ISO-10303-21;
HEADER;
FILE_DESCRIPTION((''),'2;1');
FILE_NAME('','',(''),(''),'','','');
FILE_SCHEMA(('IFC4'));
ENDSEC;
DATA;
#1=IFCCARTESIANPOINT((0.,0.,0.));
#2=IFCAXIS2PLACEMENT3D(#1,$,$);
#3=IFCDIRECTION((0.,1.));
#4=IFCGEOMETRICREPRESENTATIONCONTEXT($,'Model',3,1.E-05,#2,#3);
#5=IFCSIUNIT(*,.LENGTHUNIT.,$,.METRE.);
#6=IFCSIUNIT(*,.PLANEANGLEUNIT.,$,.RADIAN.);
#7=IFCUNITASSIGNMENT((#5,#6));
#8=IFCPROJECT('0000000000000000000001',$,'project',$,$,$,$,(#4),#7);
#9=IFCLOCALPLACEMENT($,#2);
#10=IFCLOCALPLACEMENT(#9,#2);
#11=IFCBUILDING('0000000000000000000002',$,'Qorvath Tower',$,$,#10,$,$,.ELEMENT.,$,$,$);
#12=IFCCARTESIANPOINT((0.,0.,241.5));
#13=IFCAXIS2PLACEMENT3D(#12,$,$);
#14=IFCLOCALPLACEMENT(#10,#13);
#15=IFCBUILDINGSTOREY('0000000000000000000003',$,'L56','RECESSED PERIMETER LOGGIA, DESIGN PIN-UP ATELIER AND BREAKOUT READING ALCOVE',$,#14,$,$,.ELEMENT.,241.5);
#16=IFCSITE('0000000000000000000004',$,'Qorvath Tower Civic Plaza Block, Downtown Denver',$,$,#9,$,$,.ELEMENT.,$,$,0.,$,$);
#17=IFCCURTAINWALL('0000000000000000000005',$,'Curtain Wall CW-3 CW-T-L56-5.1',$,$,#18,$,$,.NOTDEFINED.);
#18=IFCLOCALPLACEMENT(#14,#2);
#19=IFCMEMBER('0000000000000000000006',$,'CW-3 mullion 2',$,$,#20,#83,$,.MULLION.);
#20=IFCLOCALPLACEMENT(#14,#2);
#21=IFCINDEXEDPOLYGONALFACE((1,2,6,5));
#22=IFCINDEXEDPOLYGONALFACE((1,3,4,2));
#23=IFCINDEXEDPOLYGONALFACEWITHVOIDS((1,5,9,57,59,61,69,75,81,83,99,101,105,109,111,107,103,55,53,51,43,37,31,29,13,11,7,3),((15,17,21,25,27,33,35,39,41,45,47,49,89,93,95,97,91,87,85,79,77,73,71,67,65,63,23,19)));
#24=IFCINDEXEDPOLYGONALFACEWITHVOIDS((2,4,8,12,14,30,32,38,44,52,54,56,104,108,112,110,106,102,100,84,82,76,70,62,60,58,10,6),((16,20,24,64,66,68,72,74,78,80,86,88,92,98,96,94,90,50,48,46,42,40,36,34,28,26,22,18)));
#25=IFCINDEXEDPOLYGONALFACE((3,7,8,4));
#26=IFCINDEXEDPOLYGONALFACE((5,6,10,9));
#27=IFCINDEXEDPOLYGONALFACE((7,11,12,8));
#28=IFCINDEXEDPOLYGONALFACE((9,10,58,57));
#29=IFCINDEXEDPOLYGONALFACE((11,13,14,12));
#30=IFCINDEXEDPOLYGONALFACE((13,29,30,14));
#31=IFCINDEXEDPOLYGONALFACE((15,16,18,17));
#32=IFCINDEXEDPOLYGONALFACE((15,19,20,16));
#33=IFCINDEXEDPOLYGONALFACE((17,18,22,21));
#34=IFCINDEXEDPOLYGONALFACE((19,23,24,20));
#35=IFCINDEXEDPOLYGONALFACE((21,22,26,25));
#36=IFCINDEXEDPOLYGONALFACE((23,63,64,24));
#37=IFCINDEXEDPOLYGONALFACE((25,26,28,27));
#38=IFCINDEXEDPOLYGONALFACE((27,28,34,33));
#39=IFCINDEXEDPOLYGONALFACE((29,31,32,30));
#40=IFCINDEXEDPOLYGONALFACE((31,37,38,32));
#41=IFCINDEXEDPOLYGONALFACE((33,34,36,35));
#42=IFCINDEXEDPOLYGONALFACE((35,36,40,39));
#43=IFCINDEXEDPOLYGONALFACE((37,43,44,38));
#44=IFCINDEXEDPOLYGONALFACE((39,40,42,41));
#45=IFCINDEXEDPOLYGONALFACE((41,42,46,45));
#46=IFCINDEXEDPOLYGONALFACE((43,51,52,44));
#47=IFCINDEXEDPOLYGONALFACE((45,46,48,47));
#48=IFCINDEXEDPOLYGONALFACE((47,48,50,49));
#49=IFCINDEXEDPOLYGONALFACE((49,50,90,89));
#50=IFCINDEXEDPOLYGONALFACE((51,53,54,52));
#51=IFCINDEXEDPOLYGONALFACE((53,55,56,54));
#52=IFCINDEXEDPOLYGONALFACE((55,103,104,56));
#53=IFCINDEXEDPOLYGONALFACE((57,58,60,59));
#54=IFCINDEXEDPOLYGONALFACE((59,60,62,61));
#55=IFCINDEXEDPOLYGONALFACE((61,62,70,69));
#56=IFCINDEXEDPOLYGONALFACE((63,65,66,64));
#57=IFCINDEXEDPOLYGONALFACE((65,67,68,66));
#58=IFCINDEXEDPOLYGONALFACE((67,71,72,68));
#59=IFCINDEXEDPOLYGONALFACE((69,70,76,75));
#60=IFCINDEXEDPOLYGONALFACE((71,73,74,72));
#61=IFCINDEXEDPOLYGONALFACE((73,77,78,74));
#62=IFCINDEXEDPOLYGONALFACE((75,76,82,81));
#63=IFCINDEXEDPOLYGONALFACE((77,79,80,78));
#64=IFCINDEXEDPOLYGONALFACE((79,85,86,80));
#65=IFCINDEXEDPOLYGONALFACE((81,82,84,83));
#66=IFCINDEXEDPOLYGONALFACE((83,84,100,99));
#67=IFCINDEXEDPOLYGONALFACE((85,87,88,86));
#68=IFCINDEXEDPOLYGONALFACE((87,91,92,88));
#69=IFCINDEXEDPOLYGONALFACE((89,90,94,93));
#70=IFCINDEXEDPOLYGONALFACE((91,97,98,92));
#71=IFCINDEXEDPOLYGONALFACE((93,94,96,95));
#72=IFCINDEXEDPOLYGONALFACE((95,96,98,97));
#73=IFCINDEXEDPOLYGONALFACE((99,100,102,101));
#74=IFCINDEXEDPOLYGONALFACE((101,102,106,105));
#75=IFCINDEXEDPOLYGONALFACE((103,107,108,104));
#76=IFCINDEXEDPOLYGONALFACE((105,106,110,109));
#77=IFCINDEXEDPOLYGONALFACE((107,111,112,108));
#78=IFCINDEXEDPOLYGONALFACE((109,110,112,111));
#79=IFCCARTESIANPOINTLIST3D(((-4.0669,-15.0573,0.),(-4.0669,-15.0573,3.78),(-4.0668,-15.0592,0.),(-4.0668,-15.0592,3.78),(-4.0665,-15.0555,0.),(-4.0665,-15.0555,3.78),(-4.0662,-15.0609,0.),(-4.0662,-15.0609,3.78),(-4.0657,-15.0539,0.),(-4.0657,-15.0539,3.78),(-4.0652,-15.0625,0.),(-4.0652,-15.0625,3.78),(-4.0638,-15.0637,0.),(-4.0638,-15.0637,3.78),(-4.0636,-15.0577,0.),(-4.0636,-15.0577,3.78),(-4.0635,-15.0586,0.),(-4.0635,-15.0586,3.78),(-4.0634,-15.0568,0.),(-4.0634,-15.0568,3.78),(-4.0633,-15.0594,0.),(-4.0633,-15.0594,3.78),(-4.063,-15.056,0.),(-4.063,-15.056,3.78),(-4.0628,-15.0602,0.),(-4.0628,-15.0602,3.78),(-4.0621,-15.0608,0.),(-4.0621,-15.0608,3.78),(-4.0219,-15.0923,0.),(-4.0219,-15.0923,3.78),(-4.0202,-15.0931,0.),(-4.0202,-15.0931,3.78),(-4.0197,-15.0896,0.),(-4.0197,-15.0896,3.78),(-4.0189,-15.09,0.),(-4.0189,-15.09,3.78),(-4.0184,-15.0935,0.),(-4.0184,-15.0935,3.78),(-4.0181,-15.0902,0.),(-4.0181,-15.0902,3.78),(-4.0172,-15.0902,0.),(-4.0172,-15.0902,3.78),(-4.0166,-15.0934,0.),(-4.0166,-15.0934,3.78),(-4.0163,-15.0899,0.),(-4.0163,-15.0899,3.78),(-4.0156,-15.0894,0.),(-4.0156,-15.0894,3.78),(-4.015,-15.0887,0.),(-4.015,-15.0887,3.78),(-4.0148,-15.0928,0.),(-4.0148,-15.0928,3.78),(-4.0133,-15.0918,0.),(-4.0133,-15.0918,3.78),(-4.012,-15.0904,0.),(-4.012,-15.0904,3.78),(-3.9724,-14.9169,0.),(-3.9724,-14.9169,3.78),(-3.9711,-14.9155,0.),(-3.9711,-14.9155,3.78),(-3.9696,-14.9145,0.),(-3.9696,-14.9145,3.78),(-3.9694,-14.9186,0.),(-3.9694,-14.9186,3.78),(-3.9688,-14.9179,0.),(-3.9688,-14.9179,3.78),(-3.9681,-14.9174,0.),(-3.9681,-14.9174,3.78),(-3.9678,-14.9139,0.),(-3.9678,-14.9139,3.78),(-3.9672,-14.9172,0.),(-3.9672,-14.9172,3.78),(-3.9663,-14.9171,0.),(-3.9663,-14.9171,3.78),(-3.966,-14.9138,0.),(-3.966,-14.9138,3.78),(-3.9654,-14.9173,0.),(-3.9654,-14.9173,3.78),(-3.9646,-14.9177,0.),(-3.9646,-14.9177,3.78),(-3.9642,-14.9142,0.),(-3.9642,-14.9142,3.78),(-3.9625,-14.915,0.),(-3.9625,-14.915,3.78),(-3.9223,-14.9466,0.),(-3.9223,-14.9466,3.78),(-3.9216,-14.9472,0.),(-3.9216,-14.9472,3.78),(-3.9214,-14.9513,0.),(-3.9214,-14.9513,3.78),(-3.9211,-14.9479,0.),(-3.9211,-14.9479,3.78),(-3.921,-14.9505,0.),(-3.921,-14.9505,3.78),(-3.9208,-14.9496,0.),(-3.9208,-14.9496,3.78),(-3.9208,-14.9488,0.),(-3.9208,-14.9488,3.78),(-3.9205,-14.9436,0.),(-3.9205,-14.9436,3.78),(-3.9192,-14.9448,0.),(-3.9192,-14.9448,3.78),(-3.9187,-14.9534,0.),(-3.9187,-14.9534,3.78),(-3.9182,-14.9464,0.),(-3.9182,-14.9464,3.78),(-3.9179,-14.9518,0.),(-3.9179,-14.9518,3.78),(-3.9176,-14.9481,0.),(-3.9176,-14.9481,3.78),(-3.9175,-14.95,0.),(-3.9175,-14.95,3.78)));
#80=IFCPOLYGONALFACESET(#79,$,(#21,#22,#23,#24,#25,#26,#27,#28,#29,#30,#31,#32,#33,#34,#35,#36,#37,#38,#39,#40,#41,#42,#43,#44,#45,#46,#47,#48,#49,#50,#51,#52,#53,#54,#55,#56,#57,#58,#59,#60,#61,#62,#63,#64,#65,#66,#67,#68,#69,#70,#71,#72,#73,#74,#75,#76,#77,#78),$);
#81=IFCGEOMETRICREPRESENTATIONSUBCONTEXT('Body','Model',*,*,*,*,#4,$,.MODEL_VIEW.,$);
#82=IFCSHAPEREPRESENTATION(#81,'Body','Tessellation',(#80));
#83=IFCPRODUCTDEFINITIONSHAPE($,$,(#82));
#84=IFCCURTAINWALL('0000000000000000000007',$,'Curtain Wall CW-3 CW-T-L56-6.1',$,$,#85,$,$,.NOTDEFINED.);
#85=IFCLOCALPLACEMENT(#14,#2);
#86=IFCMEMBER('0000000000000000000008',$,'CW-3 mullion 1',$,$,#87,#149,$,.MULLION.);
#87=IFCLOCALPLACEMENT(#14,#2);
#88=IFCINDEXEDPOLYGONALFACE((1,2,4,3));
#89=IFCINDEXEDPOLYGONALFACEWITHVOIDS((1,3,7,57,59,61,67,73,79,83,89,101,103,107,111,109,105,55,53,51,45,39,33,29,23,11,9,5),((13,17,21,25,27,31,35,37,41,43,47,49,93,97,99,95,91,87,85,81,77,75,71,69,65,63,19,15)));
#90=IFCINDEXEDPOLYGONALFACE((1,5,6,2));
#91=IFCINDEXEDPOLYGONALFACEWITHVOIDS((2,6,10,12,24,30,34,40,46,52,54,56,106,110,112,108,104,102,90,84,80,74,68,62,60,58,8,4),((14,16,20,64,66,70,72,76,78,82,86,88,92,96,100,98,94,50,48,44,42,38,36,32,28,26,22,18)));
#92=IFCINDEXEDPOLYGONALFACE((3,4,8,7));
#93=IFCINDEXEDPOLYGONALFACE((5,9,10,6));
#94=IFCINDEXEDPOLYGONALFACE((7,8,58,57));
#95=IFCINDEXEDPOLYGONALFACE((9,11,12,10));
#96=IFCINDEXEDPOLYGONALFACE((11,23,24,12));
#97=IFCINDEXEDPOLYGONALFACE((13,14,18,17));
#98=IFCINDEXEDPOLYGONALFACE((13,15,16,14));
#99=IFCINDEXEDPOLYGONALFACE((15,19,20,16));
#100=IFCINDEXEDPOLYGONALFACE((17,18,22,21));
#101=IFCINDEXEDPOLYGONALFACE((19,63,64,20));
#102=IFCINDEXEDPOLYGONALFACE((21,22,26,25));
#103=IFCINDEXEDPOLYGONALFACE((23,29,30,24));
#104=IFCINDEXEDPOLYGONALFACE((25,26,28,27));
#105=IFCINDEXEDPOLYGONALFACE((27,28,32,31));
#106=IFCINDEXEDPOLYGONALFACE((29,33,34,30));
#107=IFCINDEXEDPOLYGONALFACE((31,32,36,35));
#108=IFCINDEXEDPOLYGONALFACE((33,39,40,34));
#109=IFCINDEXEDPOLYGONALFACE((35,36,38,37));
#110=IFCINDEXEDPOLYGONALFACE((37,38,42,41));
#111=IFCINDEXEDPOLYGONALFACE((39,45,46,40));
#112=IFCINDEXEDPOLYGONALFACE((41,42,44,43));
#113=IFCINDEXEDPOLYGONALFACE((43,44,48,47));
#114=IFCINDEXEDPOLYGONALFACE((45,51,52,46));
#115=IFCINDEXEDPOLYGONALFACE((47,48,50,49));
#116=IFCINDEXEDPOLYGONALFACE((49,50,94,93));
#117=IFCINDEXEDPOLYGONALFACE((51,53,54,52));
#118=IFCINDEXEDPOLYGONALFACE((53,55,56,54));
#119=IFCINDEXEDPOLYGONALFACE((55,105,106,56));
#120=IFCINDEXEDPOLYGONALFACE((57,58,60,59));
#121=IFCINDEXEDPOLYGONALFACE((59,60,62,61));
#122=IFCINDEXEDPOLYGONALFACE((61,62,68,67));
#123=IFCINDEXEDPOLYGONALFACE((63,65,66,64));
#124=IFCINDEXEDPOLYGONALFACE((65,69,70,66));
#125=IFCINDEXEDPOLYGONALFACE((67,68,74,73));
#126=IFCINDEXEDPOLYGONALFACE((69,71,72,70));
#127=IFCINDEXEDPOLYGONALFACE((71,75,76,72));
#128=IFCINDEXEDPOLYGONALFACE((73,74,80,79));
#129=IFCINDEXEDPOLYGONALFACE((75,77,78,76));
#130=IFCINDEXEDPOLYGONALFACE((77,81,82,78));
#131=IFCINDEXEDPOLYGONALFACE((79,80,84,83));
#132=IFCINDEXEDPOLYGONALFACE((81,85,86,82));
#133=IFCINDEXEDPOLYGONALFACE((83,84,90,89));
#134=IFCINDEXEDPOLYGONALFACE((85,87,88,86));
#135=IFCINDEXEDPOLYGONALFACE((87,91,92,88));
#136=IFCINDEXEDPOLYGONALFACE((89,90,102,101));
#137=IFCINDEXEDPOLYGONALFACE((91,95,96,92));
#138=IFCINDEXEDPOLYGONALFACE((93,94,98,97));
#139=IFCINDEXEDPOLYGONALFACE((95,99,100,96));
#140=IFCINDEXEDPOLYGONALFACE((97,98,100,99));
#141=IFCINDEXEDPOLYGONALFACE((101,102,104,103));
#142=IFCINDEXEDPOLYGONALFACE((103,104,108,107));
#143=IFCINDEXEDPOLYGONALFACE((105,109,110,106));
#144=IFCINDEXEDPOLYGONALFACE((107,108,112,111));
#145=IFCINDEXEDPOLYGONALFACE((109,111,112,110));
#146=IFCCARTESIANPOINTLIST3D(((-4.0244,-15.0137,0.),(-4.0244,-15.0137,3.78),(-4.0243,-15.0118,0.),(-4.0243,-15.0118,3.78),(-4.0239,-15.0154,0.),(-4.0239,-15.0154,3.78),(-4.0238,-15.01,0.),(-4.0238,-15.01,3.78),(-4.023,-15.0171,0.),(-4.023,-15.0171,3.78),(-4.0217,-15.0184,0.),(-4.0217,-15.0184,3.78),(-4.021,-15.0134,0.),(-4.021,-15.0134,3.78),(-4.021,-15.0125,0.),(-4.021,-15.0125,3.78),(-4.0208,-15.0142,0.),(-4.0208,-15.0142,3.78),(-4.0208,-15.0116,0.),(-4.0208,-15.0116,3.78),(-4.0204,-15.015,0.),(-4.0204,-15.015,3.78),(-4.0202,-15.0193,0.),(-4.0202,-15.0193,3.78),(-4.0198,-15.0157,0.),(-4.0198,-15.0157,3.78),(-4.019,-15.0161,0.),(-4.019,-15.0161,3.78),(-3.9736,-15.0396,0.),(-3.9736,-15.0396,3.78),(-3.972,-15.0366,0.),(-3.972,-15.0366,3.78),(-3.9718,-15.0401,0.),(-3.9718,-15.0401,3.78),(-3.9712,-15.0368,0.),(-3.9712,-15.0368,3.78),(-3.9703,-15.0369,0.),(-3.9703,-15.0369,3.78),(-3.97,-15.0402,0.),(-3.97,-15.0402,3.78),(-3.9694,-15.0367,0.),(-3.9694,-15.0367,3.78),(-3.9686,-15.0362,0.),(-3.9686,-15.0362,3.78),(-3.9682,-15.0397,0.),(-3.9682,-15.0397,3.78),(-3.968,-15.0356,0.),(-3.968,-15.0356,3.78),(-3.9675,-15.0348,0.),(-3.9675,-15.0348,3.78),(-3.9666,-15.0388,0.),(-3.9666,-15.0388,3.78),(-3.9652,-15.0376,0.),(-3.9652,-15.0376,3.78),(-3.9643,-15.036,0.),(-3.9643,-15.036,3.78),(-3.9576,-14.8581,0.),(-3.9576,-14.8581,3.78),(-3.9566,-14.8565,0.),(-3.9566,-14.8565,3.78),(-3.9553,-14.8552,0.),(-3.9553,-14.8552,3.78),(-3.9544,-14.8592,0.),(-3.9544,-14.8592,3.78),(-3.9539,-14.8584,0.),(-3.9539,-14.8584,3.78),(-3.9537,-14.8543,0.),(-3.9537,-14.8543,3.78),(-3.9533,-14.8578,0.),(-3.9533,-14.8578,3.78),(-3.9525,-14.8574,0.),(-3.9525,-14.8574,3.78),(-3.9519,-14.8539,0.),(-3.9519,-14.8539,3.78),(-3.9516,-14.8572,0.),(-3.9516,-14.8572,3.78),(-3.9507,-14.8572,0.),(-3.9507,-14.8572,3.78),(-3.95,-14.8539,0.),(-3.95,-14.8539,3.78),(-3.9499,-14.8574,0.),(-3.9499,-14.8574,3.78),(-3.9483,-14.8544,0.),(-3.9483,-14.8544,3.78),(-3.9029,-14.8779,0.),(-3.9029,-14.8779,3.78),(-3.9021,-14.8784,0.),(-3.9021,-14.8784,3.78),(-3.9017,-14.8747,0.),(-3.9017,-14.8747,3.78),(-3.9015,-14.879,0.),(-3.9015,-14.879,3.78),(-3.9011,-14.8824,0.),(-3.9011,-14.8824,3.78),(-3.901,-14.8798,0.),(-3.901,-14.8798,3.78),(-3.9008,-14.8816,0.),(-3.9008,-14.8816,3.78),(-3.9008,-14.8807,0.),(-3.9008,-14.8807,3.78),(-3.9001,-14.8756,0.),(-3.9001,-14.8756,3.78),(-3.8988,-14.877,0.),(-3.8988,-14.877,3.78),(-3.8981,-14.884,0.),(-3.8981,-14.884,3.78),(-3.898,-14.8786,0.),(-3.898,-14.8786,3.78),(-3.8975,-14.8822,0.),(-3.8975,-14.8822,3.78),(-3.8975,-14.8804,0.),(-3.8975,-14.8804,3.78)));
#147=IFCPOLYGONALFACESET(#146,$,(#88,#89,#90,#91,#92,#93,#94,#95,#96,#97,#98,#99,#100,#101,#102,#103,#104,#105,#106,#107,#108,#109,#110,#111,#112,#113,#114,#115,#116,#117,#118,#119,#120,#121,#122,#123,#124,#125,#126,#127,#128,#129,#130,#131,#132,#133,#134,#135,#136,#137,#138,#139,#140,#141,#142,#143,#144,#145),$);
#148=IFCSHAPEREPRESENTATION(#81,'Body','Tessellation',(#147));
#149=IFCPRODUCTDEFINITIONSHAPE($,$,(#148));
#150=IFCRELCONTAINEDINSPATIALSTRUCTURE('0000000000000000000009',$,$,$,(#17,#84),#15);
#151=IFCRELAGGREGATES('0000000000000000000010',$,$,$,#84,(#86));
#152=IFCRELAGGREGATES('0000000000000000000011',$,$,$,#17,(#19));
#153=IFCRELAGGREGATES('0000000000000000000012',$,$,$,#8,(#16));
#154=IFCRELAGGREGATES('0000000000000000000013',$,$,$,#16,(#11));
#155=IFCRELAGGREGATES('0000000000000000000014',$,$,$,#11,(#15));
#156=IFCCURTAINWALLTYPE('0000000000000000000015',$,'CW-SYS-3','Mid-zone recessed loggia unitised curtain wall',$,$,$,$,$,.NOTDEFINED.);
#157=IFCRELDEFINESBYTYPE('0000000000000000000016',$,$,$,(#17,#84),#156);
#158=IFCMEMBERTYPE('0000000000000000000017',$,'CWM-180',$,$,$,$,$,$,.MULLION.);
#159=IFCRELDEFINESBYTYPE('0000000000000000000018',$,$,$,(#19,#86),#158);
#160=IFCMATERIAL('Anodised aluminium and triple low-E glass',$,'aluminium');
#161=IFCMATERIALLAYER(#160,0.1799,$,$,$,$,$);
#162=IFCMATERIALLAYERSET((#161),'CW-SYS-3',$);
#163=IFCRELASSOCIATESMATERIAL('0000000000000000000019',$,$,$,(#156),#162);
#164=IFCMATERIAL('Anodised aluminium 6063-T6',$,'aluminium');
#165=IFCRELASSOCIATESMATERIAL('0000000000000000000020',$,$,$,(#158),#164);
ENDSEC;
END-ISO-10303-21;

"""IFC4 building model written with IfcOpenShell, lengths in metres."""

from ifc_helpers import new_model, si_unit, direction, frame, origin, origin_2d, place, context, subcontext, project, spatial, hollow_rectangle, extrude, material, layer, layer_set, material_profile, profile_set, type_object, element, aggregate, save


model = new_model("IFC4")

# Units and contexts
model_context = context("Model", 3, precision=1e-05, world=origin(), true_north=direction((0.0, 1.0)))
body_context = subcontext(model_context, "Body", "Model", "MODEL_VIEW")
ifc_project = project(units=[si_unit("LENGTHUNIT", "METRE"), si_unit("PLANEANGLEUNIT", "RADIAN")], contexts=[model_context])

# Site, building, storey
site_placement = place(None, origin())
site = spatial("IfcSite", under=ifc_project, at=site_placement, Name="Qorvath Tower Civic Plaza Block, Downtown Denver", CompositionType="ELEMENT", RefElevation=0.0)
building_placement = place(site_placement, origin())
building = spatial("IfcBuilding", under=site, at=building_placement, Name="Qorvath Tower", CompositionType="ELEMENT")
storey_placement = place(building_placement, frame((0.0, 0.0, 241.5)))
storey = spatial("IfcBuildingStorey", under=building, at=storey_placement, Name="L56", Description="RECESSED PERIMETER LOGGIA, DESIGN PIN-UP ATELIER AND BREAKOUT READING ALCOVE", CompositionType="ELEMENT", Elevation=241.5)

# Shared definitions
ifc_material_1 = material(Name="Anodised aluminium and triple low-E glass", Category="aluminium")
ifc_layer_1 = layer(ifc_material_1, 0.1799)
ifc_layer_set_1 = layer_set([ifc_layer_1], Name="CW-SYS-3")
curtain_wall_type = type_object("IfcCurtainWallType", Name="CW-SYS-3", Description="Mid-zone recessed loggia unitised curtain wall", PredefinedType="NOTDEFINED", material=ifc_layer_set_1)
ifc_material_2 = material(Name="Anodised aluminium 6063-T6", Category="aluminium")
ifc_material_profile_1 = material_profile(ifc_material_2, hollow_rectangle(XDim=0.0649, YDim=0.1799, WallThickness=0.0034, InnerFilletRadius=0.0034, OuterFilletRadius=0.0071, at=origin_2d()), Name="CWM 180x65")
ifc_profile_set_1 = profile_set([ifc_material_profile_1], Name="Anodised aluminium 6063-T6")
member_type_1 = type_object("IfcMemberType", Name="CWM-180", PredefinedType="MULLION", material=ifc_profile_set_1)

# Curtain wall, member
curtain_wall_1_placement = place(storey_placement, origin())
curtain_wall_1 = element("IfcCurtainWall", 1, at=curtain_wall_1_placement, inside=storey, type_object=curtain_wall_type, Name="Curtain Wall CW-3 CW-T-L56-5.1", PredefinedType="NOTDEFINED")
member_1_placement = place(storey_placement, frame((-3.9922, -15.0037, 0.0), z_axis=(0.0, 0.0, 1.0), x_axis=(-0.826431, 0.563037, 0.0)))
member_1 = element("IfcMember", 2, at=member_1_placement, type_object=member_type_1, Name="CW-3 mullion 2", PredefinedType="MULLION", context=body_context, shape_type="SweptSolid", body=[
    extrude(hollow_rectangle(XDim=0.0649, YDim=0.1799, WallThickness=0.0034, InnerFilletRadius=0.0034, OuterFilletRadius=0.0071, at=origin_2d()), origin(), (0.0, 0.0, 1.0), 3.78),
])

# Curtain wall, member
curtain_wall_2_placement = place(storey_placement, origin())
curtain_wall_2 = element("IfcCurtainWall", 3, at=curtain_wall_2_placement, inside=storey, type_object=curtain_wall_type, Name="Curtain Wall CW-3 CW-T-L56-6.1", PredefinedType="NOTDEFINED")
member_2_placement = place(storey_placement, frame((-3.9609, -14.947, 0.0), z_axis=(0.0, 0.0, 1.0), x_axis=(-0.9167, 0.399576, 0.0)))
member_2 = element("IfcMember", 4, at=member_2_placement, type_object=member_type_1, Name="CW-3 mullion 1", PredefinedType="MULLION", context=body_context, shape_type="SweptSolid", body=[
    extrude(hollow_rectangle(XDim=0.0649, YDim=0.1799, WallThickness=0.0034, InnerFilletRadius=0.0034, OuterFilletRadius=0.0071, at=origin_2d()), origin(), (0.0, 0.0, 1.0), 3.78),
])
aggregate(curtain_wall_2, [member_2])

aggregate(curtain_wall_1, [member_1])

save(model, "model.ifc")
